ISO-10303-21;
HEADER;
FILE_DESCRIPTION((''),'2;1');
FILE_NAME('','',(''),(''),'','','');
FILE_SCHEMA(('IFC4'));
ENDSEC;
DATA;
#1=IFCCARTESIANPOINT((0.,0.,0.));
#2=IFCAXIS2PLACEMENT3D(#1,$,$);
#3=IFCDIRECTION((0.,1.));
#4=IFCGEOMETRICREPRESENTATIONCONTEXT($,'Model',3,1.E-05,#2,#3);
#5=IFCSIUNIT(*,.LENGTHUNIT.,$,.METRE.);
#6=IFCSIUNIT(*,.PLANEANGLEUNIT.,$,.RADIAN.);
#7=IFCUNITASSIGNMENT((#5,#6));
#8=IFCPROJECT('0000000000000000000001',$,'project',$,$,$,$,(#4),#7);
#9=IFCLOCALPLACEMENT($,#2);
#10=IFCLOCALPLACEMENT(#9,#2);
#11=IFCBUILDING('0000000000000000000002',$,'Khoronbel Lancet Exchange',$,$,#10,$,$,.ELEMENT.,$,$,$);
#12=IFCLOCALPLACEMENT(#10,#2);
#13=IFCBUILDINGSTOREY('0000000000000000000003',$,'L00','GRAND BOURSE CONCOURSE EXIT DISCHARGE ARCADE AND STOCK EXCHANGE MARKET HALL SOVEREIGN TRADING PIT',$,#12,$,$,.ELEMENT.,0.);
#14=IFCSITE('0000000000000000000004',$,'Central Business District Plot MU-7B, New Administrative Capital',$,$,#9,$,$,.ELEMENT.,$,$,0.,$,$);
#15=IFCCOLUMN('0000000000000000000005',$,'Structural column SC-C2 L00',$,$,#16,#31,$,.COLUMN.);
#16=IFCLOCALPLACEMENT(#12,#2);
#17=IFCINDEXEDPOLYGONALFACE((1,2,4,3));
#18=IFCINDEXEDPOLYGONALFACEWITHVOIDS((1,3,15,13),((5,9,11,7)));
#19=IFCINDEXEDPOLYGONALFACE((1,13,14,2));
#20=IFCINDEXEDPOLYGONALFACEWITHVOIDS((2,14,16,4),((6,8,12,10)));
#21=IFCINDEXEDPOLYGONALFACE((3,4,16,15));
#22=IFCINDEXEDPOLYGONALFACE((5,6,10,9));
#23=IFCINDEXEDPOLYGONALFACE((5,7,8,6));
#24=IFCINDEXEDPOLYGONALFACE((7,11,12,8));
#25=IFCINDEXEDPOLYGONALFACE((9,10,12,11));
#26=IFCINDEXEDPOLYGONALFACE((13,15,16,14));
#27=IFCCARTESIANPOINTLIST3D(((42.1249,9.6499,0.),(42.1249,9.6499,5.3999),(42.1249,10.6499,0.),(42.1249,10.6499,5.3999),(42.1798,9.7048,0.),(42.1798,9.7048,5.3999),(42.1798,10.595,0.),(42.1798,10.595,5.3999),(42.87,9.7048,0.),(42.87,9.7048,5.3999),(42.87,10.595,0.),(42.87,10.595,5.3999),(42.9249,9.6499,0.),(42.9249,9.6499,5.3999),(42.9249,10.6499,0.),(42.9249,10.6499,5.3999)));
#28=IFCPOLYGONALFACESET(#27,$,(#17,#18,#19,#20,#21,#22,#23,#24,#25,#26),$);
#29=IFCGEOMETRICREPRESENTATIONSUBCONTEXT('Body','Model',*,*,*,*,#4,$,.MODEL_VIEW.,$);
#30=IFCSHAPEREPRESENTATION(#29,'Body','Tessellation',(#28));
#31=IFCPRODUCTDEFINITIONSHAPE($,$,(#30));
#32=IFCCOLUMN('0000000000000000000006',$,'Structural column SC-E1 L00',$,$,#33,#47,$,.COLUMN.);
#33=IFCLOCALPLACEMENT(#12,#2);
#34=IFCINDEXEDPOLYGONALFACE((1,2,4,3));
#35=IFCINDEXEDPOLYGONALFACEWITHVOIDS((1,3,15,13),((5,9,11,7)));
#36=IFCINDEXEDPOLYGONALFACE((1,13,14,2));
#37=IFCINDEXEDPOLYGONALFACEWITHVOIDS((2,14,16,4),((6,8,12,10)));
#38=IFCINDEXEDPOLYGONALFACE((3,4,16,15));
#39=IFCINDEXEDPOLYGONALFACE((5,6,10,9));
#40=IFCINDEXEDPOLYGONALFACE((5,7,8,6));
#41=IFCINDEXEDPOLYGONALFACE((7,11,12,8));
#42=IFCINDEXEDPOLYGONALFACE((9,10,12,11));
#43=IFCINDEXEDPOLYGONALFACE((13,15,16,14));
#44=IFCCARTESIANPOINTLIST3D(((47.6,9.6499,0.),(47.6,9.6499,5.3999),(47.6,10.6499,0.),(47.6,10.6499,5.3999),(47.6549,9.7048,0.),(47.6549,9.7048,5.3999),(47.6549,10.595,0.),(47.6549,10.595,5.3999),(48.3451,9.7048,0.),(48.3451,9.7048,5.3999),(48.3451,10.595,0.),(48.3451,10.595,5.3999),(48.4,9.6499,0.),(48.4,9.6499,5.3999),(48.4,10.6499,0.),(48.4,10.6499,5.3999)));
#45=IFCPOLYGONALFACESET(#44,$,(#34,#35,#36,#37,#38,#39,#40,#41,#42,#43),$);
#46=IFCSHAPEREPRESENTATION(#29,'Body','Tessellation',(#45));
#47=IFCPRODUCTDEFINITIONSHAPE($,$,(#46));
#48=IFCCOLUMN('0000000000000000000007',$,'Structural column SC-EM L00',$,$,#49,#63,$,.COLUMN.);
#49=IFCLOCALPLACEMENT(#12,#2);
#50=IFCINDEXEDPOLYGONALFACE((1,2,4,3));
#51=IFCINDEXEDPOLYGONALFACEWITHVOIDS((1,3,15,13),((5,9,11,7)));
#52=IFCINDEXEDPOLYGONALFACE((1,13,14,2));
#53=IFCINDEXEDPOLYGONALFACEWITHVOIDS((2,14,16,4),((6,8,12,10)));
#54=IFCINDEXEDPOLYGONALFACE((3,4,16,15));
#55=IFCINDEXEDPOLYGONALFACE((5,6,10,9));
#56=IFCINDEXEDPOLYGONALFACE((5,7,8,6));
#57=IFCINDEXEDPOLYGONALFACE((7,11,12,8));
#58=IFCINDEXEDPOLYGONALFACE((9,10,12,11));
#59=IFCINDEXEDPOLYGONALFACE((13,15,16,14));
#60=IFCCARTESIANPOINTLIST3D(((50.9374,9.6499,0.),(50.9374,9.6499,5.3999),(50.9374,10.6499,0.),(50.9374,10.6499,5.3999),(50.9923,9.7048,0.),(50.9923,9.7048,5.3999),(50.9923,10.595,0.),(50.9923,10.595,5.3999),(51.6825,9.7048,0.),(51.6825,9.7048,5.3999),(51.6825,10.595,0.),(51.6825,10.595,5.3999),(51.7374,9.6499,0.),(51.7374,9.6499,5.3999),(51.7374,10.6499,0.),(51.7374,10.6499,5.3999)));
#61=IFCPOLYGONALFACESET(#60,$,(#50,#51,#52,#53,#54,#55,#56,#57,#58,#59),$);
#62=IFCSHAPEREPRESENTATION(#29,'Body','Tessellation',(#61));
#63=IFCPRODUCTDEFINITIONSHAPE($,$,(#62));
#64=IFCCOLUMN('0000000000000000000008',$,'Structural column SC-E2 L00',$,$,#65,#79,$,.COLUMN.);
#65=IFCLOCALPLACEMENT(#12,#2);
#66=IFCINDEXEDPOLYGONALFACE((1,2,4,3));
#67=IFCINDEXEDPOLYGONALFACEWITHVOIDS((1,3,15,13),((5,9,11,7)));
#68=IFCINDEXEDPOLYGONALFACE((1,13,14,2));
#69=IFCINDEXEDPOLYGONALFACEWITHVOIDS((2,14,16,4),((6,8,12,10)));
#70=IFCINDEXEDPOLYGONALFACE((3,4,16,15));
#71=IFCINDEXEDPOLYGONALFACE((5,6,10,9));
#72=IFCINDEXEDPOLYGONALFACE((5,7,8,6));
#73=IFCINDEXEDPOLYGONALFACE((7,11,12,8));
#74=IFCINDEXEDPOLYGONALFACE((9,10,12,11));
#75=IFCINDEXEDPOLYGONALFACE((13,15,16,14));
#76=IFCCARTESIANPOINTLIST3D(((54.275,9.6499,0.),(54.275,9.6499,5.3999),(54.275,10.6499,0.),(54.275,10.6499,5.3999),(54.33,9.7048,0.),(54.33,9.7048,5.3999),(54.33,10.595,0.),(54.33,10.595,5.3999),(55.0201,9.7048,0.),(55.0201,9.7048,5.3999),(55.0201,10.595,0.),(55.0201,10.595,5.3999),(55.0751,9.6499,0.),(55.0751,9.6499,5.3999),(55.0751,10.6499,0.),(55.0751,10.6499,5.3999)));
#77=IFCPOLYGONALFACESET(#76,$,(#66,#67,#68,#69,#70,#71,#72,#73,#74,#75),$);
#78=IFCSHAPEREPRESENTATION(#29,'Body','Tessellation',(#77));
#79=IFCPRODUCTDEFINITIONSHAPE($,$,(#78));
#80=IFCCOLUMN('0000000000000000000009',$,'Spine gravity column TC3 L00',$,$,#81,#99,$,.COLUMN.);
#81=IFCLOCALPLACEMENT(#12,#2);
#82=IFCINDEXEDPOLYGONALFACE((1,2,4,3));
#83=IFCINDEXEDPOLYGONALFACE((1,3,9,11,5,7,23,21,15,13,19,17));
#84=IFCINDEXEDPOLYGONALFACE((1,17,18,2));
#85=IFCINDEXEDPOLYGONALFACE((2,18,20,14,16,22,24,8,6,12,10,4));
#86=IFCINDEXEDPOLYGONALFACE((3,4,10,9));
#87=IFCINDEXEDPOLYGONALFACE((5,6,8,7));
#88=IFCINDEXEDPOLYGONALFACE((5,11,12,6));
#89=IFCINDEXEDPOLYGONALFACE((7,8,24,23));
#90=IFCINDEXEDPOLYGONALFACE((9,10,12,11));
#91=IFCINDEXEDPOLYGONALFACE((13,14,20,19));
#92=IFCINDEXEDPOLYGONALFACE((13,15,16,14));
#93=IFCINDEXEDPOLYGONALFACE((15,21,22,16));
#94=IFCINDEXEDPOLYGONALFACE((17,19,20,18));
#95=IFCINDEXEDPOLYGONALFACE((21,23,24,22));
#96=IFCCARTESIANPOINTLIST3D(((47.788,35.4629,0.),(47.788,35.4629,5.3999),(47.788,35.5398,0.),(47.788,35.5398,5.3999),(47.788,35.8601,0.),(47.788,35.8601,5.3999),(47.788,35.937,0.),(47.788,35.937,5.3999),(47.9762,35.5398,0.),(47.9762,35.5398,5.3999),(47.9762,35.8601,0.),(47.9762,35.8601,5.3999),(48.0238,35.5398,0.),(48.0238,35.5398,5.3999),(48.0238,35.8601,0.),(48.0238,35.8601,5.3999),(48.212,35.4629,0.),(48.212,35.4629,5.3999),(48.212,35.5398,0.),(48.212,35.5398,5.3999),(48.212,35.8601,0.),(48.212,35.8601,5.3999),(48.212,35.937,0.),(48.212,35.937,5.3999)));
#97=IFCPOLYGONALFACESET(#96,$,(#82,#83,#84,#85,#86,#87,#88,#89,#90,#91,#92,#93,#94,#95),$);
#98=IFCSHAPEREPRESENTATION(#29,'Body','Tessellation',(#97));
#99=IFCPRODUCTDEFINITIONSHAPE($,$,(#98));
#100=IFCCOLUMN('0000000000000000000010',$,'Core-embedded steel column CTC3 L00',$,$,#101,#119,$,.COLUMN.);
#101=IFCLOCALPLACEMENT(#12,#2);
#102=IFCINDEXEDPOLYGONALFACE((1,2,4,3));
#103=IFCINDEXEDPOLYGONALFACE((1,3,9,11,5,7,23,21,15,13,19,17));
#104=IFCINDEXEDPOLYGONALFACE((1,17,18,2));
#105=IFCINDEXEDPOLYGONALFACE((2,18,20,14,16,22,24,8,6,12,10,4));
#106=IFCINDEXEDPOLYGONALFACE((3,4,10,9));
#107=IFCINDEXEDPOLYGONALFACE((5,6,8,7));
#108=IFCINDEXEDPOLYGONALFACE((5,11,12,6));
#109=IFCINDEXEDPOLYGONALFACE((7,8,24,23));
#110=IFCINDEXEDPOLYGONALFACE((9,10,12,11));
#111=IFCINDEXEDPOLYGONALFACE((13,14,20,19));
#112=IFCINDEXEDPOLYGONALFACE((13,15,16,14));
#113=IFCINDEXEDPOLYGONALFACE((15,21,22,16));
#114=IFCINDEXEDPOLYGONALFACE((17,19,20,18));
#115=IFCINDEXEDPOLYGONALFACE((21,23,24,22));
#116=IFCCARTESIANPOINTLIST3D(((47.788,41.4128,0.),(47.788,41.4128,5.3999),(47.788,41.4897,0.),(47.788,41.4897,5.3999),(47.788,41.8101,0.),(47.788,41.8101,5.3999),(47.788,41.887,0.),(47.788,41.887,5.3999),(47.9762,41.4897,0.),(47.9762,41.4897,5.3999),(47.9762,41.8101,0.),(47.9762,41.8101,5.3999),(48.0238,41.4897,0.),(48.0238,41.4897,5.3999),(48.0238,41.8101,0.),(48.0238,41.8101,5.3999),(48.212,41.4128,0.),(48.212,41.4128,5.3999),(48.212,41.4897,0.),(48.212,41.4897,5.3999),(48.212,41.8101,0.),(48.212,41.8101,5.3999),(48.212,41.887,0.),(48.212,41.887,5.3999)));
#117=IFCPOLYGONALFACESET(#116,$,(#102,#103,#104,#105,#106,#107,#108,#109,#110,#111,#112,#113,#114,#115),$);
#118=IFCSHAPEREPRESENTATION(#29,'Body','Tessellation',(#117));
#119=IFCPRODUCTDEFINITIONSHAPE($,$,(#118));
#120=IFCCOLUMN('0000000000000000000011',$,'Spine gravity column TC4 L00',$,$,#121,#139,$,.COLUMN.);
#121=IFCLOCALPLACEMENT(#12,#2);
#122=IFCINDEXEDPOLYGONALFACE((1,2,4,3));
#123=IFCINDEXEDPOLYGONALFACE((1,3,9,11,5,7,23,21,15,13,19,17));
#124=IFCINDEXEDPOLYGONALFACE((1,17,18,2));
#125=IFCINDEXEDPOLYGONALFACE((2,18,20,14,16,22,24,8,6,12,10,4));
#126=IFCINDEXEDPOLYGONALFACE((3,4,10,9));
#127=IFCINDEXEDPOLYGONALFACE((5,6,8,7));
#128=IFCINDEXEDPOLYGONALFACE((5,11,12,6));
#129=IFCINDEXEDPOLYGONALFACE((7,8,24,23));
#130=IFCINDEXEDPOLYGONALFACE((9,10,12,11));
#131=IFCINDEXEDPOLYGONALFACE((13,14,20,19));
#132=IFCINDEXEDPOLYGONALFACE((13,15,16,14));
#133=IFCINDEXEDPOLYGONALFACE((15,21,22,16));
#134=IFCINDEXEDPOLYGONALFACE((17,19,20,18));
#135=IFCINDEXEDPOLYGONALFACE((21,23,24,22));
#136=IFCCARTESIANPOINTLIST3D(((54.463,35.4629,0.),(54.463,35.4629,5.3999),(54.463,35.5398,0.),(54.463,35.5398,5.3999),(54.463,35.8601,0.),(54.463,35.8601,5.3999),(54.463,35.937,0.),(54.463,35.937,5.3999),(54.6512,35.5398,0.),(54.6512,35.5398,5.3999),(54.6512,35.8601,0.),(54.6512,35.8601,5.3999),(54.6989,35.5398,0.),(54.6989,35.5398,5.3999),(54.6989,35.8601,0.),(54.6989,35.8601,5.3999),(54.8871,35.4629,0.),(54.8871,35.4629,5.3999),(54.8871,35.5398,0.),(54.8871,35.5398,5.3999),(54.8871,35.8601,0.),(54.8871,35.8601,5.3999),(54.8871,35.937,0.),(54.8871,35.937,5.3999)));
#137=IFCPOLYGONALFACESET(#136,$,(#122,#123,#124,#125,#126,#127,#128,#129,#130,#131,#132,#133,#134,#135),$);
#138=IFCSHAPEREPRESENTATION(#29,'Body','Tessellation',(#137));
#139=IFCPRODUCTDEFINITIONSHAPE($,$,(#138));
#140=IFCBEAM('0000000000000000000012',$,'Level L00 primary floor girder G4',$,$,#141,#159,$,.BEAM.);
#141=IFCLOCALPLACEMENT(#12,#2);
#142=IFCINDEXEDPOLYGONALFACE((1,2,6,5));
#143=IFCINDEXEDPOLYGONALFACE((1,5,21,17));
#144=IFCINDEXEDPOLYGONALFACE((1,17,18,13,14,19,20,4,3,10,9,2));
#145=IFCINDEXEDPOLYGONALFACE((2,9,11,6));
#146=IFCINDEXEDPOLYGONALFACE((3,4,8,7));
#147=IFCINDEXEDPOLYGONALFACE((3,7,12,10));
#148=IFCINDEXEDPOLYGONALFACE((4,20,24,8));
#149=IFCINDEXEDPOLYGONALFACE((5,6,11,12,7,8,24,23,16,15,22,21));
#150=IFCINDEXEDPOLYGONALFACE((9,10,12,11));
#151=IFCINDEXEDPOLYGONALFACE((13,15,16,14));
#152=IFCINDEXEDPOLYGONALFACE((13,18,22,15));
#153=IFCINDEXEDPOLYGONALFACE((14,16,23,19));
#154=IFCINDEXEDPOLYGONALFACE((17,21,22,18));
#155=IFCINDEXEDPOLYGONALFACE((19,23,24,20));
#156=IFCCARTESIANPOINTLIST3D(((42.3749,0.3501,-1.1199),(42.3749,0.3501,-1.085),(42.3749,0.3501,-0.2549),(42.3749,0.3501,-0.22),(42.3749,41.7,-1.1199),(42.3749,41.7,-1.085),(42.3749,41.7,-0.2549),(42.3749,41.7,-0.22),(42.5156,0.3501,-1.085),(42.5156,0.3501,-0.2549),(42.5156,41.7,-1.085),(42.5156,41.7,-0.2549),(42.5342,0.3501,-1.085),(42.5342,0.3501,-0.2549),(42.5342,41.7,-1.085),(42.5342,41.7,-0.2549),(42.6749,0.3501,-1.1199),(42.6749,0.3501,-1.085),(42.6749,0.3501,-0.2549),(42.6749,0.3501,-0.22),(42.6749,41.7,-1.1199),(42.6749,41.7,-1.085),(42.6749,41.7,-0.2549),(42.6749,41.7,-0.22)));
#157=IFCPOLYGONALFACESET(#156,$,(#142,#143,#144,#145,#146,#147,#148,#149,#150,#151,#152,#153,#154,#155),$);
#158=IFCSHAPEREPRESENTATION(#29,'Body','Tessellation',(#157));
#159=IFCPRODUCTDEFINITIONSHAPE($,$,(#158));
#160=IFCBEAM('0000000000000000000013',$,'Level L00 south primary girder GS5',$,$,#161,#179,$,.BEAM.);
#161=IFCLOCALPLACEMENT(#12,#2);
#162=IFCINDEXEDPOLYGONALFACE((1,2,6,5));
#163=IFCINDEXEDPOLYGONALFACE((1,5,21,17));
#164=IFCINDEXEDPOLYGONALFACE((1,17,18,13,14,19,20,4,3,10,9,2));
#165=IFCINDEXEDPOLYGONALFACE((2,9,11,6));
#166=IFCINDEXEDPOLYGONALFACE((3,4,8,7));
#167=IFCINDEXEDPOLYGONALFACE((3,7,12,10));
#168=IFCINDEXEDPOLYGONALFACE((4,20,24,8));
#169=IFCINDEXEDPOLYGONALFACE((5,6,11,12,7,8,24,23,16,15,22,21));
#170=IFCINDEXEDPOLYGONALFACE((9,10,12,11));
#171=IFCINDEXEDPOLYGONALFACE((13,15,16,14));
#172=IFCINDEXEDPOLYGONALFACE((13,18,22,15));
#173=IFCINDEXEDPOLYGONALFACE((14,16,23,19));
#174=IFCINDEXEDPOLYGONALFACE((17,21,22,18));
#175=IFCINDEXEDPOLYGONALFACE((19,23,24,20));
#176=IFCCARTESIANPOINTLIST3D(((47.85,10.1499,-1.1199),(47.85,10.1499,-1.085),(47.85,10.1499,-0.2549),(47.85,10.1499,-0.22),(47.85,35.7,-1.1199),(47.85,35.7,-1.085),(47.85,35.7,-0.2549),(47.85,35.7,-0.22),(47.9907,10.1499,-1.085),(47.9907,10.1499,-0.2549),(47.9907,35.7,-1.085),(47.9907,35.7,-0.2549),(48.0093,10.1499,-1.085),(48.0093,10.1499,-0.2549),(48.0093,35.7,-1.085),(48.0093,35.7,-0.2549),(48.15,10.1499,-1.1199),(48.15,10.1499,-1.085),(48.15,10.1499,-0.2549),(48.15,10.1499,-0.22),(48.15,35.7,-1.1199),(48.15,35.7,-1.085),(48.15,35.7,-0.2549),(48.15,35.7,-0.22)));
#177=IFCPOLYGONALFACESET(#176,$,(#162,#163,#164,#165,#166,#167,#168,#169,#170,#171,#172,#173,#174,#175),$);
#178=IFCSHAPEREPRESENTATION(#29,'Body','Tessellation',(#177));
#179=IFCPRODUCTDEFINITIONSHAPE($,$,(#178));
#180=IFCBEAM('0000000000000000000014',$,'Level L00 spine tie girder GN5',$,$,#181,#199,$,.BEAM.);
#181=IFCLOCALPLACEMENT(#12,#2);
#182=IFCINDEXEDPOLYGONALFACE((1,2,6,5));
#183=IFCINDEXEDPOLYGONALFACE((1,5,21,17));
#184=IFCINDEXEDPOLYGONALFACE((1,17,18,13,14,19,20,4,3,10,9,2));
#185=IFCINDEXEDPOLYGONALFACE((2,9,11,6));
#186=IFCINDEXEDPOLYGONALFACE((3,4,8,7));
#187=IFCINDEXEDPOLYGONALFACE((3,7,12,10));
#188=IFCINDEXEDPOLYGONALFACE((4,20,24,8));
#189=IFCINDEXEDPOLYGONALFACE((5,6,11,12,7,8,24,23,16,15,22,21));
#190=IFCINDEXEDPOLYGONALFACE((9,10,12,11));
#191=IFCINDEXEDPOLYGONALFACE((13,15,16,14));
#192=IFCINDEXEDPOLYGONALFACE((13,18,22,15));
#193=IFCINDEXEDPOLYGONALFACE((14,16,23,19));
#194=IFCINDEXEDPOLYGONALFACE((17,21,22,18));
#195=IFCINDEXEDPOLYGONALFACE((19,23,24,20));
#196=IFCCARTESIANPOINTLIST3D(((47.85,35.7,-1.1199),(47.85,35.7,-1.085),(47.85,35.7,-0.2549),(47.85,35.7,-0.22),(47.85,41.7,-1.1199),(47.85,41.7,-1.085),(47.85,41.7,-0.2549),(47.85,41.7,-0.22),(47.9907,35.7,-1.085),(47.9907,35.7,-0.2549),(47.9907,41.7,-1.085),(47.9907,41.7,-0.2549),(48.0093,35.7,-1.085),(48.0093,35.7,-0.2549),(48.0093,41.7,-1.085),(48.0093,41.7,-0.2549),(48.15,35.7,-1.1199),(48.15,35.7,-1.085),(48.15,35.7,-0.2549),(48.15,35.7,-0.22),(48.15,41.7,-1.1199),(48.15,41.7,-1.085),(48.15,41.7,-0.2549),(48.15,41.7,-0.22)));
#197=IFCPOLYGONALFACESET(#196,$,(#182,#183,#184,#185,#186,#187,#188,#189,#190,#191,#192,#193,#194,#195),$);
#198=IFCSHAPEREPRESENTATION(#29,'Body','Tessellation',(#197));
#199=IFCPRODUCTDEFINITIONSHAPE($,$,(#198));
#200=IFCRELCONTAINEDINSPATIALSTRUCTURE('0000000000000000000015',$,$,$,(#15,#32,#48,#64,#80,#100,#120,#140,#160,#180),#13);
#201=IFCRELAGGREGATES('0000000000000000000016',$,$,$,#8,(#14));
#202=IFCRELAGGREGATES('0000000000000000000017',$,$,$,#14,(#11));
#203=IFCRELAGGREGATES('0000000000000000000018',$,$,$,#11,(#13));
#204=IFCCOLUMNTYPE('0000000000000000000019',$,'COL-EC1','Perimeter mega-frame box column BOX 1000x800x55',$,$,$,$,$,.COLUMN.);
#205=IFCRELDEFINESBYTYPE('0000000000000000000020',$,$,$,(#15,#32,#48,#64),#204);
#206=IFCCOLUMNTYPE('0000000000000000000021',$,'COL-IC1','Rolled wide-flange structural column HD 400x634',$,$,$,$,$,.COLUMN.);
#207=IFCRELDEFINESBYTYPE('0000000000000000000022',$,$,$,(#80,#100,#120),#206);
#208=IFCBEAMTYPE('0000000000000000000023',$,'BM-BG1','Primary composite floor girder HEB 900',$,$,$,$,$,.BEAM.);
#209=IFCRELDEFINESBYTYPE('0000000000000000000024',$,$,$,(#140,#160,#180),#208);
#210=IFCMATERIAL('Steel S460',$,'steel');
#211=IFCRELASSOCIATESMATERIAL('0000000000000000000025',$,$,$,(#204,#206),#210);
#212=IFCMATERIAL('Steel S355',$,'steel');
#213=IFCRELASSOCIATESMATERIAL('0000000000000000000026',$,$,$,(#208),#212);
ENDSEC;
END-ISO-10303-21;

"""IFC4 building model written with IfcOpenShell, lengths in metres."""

from ifc_helpers import new_model, si_unit, direction, frame, origin, origin_2d, place, context, subcontext, project, spatial, hollow_rectangle, i_section, extrude, material, material_profile, profile_set, type_object, element, save


model = new_model("IFC4")

# Units and contexts
model_context = context("Model", 3, precision=1e-05, world=origin(), true_north=direction((0.0, 1.0)))
body_context = subcontext(model_context, "Body", "Model", "MODEL_VIEW")
ifc_project = project(units=[si_unit("LENGTHUNIT", "METRE"), si_unit("PLANEANGLEUNIT", "RADIAN")], contexts=[model_context])

# Site, building, storey
site_placement = place(None, origin())
site = spatial("IfcSite", under=ifc_project, at=site_placement, Name="Central Business District Plot MU-7B, New Administrative Capital", CompositionType="ELEMENT", RefElevation=0.0)
building_placement = place(site_placement, origin())
building = spatial("IfcBuilding", under=site, at=building_placement, Name="Khoronbel Lancet Exchange", CompositionType="ELEMENT")
storey_placement = place(building_placement, origin())
storey = spatial("IfcBuildingStorey", under=building, at=storey_placement, Name="L00", Description="GRAND BOURSE CONCOURSE EXIT DISCHARGE ARCADE AND STOCK EXCHANGE MARKET HALL SOVEREIGN TRADING PIT", CompositionType="ELEMENT", Elevation=0.0)

# Columns
ifc_material_1 = material(Name="Steel S460", Category="steel")
ifc_material_profile_1 = material_profile(ifc_material_1, hollow_rectangle(XDim=0.8, YDim=1.0, WallThickness=0.0549, at=origin_2d()), Name="BOX 1000x800x55")
ifc_profile_set_1 = profile_set([ifc_material_profile_1], Name="Steel S460")
column_type_1 = type_object("IfcColumnType", Name="COL-EC1", Description="Perimeter mega-frame box column BOX 1000x800x55", PredefinedType="COLUMN", material=ifc_profile_set_1)
for number, where, z_axis, x_axis, name in (
    (1, (42.5249, 10.1499, 0.0), (0.0, 0.0, 1.0), (1.0, 0.0, 0.0), "Structural column SC-C2 L00"),
    (2, (48.0, 10.1499, 0.0), (0.0, 0.0, 1.0), (1.0, 0.0, 0.0), "Structural column SC-E1 L00"),
    (3, (51.3374, 10.1499, 0.0), (0.0, 0.0, 1.0), (1.0, 0.0, 0.0), "Structural column SC-EM L00"),
    (4, (54.675, 10.1499, 0.0), (0.0, 0.0, 1.0), (1.0, 0.0, 0.0), "Structural column SC-E2 L00"),
):
    element("IfcColumn", number, at=place(storey_placement, frame(where, z_axis=z_axis, x_axis=x_axis)), inside=storey, type_object=column_type_1, Name=name, PredefinedType="COLUMN", context=body_context, shape_type="SweptSolid", body=[
        extrude(hollow_rectangle(XDim=0.8, YDim=1.0, WallThickness=0.0549, at=origin_2d()), origin(), (0.0, 0.0, 1.0), 5.3999),
    ])
ifc_material_profile_2 = material_profile(ifc_material_1, i_section(OverallWidth=0.4241, OverallDepth=0.4741, WebThickness=0.0476, FlangeThickness=0.0769, at=origin_2d()), Name="HD 400x634")
ifc_profile_set_2 = profile_set([ifc_material_profile_2], Name="Steel S460")
column_type_2 = type_object("IfcColumnType", Name="COL-IC1", Description="Rolled wide-flange structural column HD 400x634", PredefinedType="COLUMN", material=ifc_profile_set_2)
for number, where, z_axis, x_axis, name in (
    (5, (48.0, 35.7, 0.0), (0.0, 0.0, 1.0), (1.0, 0.0, 0.0), "Spine gravity column TC3 L00"),
    (6, (48.0, 41.6499, 0.0), (0.0, 0.0, 1.0), (1.0, 0.0, 0.0), "Core-embedded steel column CTC3 L00"),
    (7, (54.675, 35.7, 0.0), (0.0, 0.0, 1.0), (1.0, 0.0, 0.0), "Spine gravity column TC4 L00"),
):
    element("IfcColumn", number, at=place(storey_placement, frame(where, z_axis=z_axis, x_axis=x_axis)), inside=storey, type_object=column_type_2, Name=name, PredefinedType="COLUMN", context=body_context, shape_type="SweptSolid", body=[
        extrude(i_section(OverallWidth=0.4241, OverallDepth=0.4741, WebThickness=0.0476, FlangeThickness=0.0769, at=origin_2d()), origin(), (0.0, 0.0, 1.0), 5.3999),
    ])

# Beams
ifc_material_2 = material(Name="Steel S355", Category="steel")
ifc_material_profile_3 = material_profile(ifc_material_2, i_section(OverallWidth=0.3, OverallDepth=0.8999, WebThickness=0.0186, FlangeThickness=0.0349, at=origin_2d()), Name="HEB 900")
ifc_profile_set_3 = profile_set([ifc_material_profile_3], Name="Steel S355")
beam_type_1 = type_object("IfcBeamType", Name="BM-BG1", Description="Primary composite floor girder HEB 900", PredefinedType="BEAM", material=ifc_profile_set_3)
beam_1_placement = place(storey_placement, frame((42.5249, 0.3501, -0.6699), z_axis=(0.0, 1.0, 0.0), x_axis=(-1.0, 0.0, 0.0)))
element("IfcBeam", 8, at=beam_1_placement, inside=storey, type_object=beam_type_1, Name="Level L00 primary floor girder G4", PredefinedType="BEAM", context=body_context, shape_type="SweptSolid", body=[
    extrude(i_section(OverallWidth=0.3, OverallDepth=0.8999, WebThickness=0.0186, FlangeThickness=0.0349, at=origin_2d()), origin(), (0.0, 0.0, 1.0), 41.3499),
])
beam_2_placement = place(storey_placement, frame((48.0, 10.1499, -0.6699), z_axis=(0.0, 1.0, 0.0), x_axis=(-1.0, 0.0, 0.0)))
element("IfcBeam", 9, at=beam_2_placement, inside=storey, type_object=beam_type_1, Name="Level L00 south primary girder GS5", PredefinedType="BEAM", context=body_context, shape_type="SweptSolid", body=[
    extrude(i_section(OverallWidth=0.3, OverallDepth=0.8999, WebThickness=0.0186, FlangeThickness=0.0349, at=origin_2d()), origin(), (0.0, 0.0, 1.0), 25.55),
])
beam_3_placement = place(storey_placement, frame((48.0, 35.7, -0.6699), z_axis=(0.0, 1.0, 0.0), x_axis=(-1.0, 0.0, 0.0)))
element("IfcBeam", 10, at=beam_3_placement, inside=storey, type_object=beam_type_1, Name="Level L00 spine tie girder GN5", PredefinedType="BEAM", context=body_context, shape_type="SweptSolid", body=[
    extrude(i_section(OverallWidth=0.3, OverallDepth=0.8999, WebThickness=0.0186, FlangeThickness=0.0349, at=origin_2d()), origin(), (0.0, 0.0, 1.0), 6.0),
])

save(model, "model.ifc")
